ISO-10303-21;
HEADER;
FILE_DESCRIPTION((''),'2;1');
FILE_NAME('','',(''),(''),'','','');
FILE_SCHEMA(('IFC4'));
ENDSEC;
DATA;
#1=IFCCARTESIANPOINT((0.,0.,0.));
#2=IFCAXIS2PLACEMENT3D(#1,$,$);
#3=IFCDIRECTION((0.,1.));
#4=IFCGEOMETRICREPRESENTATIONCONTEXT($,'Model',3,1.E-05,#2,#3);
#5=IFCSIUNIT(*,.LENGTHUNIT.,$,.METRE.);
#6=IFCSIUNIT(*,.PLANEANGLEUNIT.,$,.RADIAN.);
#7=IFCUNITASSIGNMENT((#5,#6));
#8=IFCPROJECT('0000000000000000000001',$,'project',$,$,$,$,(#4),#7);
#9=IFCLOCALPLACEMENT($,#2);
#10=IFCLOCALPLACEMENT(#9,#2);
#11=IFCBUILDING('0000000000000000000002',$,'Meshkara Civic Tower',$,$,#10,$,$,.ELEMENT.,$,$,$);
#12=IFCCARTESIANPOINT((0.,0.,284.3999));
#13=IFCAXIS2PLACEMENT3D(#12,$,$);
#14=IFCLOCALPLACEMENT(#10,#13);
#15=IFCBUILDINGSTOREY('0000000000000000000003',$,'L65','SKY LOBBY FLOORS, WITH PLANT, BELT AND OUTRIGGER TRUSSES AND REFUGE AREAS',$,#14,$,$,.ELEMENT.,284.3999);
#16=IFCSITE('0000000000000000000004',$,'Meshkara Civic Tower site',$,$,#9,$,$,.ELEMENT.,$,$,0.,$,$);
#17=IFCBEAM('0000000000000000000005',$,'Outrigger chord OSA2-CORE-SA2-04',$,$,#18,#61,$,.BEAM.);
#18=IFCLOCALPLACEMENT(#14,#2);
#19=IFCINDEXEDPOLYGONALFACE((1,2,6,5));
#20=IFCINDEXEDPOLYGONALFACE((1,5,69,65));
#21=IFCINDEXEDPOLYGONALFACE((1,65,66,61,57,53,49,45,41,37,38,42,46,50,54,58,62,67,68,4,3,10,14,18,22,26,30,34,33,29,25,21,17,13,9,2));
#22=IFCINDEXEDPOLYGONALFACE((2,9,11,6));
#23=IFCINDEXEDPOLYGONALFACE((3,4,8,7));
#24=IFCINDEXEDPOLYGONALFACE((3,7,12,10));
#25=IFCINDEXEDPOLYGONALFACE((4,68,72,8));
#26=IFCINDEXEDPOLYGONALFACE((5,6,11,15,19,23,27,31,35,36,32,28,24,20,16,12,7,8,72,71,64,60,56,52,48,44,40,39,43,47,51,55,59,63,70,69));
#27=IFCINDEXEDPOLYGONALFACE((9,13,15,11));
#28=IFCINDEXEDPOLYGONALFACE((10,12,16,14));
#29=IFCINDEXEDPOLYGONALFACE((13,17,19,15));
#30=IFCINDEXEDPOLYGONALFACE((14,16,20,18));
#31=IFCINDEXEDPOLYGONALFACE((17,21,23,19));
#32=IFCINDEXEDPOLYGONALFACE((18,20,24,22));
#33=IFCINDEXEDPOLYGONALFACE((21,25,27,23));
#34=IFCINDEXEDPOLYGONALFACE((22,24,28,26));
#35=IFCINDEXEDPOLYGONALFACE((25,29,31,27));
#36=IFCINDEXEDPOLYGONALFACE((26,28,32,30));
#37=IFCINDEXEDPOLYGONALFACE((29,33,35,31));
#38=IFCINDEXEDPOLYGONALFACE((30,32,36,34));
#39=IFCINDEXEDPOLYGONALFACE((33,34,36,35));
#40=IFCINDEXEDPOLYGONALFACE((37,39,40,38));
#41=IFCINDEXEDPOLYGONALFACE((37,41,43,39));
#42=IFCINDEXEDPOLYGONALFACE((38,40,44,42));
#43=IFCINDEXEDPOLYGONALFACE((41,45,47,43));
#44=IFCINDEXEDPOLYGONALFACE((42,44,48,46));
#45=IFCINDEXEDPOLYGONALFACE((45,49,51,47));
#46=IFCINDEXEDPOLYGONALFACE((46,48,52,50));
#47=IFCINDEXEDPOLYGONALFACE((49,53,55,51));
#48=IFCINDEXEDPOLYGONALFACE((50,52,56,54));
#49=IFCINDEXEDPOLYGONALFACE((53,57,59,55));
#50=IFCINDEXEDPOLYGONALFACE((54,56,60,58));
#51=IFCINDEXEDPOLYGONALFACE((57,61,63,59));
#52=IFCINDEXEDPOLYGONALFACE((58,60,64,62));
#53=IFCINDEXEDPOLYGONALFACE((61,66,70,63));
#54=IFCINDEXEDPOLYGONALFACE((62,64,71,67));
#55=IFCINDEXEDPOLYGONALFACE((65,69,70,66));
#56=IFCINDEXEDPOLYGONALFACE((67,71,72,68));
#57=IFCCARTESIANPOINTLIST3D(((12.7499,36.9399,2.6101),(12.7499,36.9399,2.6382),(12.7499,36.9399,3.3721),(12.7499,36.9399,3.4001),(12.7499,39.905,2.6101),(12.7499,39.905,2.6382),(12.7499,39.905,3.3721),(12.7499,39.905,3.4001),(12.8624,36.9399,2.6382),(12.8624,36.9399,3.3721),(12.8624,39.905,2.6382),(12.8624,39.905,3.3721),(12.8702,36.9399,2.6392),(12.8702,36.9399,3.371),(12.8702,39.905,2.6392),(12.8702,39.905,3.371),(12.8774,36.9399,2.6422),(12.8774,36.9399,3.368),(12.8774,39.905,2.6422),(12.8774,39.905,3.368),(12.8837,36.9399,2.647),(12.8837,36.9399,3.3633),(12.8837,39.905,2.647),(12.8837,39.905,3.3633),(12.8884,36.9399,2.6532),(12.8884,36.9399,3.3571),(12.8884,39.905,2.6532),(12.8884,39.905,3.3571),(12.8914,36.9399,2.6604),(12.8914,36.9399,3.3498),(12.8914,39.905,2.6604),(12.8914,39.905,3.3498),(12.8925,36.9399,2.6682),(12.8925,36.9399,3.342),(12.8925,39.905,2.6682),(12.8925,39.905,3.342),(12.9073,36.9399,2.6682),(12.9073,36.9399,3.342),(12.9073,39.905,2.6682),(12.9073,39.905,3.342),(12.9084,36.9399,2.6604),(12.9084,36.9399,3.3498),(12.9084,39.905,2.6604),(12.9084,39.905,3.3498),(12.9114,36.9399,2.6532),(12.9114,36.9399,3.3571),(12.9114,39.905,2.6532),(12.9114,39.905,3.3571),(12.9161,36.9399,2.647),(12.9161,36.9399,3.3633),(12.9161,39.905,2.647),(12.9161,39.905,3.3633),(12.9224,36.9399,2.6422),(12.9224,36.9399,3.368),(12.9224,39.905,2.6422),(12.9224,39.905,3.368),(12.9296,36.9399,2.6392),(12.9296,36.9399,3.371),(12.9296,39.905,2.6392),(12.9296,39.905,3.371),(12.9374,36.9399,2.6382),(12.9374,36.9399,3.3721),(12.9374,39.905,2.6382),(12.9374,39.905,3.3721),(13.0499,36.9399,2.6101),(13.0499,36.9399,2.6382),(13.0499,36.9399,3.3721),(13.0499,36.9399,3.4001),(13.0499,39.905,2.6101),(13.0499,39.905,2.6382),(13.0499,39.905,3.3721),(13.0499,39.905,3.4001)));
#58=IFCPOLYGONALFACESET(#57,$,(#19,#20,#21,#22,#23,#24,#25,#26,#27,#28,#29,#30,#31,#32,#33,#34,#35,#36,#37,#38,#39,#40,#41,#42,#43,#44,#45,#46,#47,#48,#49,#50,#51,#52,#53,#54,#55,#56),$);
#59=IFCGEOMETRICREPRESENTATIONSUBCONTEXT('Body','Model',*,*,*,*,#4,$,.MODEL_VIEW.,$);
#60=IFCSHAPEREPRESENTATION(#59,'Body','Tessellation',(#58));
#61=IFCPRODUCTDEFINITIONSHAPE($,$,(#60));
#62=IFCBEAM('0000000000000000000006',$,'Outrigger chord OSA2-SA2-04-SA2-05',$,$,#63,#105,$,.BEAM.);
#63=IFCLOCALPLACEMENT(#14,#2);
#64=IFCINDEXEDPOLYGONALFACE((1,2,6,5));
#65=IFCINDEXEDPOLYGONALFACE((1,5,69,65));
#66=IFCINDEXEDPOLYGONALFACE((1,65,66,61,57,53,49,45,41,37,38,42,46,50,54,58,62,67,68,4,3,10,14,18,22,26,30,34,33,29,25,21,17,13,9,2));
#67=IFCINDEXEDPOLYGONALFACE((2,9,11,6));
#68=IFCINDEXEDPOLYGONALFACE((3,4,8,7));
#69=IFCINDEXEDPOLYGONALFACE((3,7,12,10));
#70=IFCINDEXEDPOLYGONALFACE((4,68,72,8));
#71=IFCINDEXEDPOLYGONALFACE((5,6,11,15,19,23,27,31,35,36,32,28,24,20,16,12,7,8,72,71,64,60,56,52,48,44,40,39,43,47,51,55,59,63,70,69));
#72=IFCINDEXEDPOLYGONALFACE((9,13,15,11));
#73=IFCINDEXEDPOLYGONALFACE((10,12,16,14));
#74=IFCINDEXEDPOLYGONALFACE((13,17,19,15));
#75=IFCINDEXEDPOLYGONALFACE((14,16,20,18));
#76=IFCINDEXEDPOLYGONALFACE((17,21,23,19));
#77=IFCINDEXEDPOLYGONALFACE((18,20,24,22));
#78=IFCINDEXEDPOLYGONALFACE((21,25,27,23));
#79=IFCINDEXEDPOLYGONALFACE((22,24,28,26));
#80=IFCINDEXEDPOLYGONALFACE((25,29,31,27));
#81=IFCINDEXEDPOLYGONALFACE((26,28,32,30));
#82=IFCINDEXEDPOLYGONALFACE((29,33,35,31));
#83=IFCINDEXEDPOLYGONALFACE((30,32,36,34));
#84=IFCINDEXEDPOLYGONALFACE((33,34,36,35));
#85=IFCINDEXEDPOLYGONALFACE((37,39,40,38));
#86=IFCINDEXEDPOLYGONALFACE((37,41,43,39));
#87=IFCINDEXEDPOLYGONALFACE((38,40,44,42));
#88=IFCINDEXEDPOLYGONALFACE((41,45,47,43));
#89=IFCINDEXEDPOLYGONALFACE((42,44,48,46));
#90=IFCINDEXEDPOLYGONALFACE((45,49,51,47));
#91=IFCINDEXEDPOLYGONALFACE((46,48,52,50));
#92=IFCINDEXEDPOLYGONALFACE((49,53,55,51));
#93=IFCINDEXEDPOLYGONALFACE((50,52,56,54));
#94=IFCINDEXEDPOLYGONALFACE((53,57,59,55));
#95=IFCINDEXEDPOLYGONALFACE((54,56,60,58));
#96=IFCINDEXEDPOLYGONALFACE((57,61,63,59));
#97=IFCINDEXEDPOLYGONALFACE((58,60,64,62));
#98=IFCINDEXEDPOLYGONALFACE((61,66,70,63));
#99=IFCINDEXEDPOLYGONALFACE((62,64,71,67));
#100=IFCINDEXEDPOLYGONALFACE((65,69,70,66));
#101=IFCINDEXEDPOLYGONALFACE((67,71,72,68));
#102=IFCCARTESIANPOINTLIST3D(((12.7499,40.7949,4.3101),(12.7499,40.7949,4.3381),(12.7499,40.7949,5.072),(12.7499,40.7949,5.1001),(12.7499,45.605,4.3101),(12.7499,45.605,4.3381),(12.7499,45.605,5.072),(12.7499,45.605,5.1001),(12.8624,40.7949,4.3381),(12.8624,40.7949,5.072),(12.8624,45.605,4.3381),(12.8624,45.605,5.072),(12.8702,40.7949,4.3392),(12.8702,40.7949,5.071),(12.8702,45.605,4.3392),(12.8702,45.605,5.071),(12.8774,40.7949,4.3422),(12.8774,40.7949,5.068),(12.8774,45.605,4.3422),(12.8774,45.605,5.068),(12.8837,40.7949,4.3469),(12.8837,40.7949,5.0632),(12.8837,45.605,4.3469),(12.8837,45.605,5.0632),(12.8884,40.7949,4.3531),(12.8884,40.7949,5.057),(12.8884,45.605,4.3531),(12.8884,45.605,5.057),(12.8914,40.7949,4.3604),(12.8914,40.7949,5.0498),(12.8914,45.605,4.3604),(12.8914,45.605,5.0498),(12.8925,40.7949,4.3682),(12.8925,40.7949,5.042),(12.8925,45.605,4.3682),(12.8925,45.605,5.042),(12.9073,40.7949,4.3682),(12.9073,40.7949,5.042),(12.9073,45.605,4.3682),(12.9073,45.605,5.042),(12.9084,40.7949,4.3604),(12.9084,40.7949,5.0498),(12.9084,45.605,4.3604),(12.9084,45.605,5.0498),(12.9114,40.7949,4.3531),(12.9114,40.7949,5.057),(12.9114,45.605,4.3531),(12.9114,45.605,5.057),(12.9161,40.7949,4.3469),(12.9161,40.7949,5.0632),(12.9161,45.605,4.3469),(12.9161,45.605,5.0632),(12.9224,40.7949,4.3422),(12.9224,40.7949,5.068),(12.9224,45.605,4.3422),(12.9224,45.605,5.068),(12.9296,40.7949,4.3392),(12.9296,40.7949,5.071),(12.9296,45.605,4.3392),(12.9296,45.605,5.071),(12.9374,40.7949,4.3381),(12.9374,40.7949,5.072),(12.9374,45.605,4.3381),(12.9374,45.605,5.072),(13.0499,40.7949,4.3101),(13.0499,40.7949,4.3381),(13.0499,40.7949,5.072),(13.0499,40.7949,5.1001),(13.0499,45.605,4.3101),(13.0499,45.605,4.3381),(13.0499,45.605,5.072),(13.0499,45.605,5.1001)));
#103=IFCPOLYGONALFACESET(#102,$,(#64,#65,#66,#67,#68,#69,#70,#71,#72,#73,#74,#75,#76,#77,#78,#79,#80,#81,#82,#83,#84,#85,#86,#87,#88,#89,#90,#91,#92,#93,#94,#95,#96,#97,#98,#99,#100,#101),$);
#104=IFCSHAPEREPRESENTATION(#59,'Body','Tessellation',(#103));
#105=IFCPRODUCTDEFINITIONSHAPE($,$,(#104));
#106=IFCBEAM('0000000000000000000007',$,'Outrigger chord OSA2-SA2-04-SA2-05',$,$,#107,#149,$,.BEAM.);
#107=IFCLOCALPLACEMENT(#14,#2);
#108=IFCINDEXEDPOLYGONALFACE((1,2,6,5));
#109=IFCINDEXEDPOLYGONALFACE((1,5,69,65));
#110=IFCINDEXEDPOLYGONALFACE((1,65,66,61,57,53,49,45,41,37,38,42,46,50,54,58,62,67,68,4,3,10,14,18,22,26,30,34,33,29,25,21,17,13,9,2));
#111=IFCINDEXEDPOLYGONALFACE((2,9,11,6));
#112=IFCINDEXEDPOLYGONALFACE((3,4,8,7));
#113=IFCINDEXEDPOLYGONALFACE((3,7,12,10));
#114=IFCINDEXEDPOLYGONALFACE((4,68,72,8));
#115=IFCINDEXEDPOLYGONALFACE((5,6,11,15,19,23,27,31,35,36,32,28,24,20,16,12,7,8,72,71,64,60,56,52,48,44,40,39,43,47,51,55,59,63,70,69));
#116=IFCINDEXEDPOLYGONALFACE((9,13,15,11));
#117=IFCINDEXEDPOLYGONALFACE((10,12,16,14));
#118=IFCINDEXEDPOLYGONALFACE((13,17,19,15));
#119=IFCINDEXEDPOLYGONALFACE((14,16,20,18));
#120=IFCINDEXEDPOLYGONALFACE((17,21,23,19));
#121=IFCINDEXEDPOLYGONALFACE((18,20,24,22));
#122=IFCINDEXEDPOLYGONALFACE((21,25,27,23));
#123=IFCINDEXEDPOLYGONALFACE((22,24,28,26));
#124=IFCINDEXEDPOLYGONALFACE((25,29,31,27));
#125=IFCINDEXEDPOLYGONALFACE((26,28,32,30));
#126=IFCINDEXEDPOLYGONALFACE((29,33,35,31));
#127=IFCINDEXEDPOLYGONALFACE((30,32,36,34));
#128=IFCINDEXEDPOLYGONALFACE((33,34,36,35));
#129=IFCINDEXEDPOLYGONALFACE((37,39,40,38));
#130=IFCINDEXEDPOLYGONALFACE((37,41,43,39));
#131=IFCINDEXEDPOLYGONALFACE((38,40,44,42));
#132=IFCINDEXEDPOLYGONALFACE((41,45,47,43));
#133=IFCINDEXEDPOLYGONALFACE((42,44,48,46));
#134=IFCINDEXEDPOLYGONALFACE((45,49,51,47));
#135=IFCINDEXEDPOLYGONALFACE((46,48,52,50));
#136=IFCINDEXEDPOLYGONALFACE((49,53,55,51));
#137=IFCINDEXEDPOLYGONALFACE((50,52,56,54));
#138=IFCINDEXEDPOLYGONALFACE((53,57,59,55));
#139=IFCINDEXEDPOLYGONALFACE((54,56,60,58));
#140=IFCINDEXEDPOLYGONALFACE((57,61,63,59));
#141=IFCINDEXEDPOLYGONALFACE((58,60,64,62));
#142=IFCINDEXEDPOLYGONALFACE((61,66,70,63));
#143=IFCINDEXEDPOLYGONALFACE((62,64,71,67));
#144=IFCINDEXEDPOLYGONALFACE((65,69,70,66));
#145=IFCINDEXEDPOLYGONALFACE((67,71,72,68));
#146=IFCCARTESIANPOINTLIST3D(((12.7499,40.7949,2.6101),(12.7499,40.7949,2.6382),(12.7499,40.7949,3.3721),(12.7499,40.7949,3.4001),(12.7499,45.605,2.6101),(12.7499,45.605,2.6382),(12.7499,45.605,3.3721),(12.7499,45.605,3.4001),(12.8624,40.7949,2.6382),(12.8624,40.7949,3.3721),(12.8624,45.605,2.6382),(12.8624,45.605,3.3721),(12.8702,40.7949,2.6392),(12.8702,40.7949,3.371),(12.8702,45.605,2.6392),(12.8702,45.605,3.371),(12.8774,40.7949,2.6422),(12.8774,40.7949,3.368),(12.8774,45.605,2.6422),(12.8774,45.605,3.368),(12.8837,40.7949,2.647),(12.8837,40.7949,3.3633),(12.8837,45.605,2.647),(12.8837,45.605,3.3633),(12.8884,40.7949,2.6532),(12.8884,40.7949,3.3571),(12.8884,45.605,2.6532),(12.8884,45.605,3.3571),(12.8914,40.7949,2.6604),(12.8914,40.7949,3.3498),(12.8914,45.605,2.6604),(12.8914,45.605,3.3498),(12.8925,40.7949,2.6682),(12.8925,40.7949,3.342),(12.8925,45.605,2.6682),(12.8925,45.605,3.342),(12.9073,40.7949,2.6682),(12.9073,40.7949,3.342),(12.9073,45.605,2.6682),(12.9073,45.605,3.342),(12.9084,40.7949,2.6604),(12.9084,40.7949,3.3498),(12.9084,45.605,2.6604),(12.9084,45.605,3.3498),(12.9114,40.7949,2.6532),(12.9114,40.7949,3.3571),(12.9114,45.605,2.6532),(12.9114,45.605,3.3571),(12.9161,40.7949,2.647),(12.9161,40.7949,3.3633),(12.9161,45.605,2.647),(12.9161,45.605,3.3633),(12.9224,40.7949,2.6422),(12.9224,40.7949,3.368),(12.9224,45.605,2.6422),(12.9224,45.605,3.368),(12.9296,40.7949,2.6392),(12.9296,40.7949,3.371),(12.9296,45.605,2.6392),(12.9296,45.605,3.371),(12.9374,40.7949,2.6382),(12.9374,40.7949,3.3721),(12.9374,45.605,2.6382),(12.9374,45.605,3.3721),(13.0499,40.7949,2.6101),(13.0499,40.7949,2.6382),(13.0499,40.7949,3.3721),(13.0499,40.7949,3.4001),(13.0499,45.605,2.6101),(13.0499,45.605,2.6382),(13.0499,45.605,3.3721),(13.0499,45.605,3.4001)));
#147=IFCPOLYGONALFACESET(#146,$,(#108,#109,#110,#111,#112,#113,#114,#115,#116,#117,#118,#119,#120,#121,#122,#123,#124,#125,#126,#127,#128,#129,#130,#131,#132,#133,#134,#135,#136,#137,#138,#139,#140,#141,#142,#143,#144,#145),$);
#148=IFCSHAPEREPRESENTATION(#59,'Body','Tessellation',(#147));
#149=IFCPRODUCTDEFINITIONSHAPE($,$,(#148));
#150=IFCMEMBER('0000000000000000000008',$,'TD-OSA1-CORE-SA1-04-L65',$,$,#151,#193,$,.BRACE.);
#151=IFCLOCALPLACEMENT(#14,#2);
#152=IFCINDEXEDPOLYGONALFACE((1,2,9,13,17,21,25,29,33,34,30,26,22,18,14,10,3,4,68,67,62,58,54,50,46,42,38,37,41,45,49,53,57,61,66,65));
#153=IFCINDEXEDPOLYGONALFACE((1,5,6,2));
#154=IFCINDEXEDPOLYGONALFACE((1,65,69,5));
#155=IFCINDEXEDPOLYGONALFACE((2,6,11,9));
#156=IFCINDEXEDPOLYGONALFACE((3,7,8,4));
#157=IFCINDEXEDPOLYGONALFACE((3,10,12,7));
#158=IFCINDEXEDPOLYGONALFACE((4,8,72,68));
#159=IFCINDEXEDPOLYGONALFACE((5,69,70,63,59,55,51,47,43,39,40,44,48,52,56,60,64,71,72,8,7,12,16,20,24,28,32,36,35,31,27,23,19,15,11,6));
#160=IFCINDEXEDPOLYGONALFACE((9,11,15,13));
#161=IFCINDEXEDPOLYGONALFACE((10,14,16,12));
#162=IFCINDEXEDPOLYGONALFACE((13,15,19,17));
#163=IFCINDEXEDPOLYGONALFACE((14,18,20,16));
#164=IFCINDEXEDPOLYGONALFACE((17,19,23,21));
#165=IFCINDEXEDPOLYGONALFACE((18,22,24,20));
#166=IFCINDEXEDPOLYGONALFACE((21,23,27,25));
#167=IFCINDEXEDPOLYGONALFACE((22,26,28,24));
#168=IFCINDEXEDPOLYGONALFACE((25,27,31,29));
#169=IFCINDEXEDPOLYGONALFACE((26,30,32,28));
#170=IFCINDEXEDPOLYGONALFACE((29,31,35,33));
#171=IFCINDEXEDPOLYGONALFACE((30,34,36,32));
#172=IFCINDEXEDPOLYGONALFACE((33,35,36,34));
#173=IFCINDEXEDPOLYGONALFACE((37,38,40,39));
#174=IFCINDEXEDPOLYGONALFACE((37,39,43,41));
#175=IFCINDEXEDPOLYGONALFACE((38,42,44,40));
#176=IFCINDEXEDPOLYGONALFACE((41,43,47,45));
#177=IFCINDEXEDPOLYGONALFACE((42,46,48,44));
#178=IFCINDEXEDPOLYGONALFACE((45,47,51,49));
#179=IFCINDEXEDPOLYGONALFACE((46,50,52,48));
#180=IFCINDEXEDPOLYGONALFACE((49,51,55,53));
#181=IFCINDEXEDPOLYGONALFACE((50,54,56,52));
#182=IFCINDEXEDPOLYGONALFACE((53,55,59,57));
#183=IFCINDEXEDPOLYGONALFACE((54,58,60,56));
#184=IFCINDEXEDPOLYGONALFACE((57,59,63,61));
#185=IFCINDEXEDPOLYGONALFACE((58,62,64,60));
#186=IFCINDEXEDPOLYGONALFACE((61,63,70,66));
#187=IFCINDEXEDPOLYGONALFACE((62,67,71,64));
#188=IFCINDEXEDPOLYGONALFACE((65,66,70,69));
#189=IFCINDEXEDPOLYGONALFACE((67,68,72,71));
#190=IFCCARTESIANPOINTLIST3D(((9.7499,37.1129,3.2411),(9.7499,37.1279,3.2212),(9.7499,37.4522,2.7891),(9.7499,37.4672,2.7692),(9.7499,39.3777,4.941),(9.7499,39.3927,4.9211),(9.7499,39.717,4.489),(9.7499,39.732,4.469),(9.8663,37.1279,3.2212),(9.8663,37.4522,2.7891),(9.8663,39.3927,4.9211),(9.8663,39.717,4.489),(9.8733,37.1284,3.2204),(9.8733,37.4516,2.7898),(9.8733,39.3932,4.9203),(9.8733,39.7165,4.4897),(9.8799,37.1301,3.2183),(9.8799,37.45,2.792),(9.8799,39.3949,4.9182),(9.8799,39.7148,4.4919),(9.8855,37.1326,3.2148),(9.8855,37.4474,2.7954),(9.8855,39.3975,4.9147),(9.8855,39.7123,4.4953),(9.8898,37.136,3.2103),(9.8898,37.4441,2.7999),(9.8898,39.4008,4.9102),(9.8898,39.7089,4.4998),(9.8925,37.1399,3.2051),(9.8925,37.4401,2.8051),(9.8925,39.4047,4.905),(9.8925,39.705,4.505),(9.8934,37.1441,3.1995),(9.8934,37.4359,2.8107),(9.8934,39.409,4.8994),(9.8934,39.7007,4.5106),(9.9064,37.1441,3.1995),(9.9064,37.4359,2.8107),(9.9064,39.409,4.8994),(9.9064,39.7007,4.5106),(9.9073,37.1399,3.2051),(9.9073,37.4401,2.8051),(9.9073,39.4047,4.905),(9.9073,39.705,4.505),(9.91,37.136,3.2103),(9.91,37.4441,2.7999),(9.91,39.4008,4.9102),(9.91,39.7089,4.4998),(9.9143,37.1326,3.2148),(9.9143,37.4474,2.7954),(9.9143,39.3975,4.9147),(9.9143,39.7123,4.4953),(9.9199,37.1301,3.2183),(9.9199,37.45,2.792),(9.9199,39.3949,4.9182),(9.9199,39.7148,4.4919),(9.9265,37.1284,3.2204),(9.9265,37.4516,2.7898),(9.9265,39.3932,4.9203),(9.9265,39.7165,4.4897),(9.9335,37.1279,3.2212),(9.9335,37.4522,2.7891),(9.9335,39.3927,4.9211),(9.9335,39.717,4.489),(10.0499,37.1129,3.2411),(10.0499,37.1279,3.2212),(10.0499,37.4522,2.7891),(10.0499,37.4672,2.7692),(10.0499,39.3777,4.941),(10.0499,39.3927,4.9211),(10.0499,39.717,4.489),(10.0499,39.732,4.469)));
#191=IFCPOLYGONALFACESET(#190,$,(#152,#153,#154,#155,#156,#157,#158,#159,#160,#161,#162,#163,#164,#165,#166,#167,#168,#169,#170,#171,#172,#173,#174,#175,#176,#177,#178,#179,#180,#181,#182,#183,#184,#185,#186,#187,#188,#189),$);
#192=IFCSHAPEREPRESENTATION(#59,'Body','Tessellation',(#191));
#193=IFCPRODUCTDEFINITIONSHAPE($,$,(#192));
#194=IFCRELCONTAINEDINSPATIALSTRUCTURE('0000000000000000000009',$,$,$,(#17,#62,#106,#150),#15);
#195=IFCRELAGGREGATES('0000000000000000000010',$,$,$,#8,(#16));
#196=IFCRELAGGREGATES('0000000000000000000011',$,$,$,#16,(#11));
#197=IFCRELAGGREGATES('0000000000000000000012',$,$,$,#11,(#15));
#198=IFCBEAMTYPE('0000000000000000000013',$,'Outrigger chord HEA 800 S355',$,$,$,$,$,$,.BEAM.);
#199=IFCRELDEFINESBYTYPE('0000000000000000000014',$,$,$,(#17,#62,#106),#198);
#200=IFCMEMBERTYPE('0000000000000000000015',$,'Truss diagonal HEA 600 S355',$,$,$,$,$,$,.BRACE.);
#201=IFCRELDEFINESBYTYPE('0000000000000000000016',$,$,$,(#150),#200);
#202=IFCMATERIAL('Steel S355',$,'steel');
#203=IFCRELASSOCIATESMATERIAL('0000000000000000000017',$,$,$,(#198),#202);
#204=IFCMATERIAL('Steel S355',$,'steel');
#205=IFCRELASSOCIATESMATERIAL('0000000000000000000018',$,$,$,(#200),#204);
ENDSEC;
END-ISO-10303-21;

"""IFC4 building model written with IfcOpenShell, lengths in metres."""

from ifc_helpers import new_model, si_unit, direction, frame, origin, origin_2d, place, context, subcontext, project, spatial, i_section, extrude, material, material_profile, profile_set, type_object, element, save


model = new_model("IFC4")

# Units and contexts
model_context = context("Model", 3, precision=1e-05, world=origin(), true_north=direction((0.0, 1.0)))
body_context = subcontext(model_context, "Body", "Model", "MODEL_VIEW")
ifc_project = project(units=[si_unit("LENGTHUNIT", "METRE"), si_unit("PLANEANGLEUNIT", "RADIAN")], contexts=[model_context])

# Site, building, storey
site_placement = place(None, origin())
site = spatial("IfcSite", under=ifc_project, at=site_placement, Name="Meshkara Civic Tower site", CompositionType="ELEMENT", RefElevation=0.0)
building_placement = place(site_placement, origin())
building = spatial("IfcBuilding", under=site, at=building_placement, Name="Meshkara Civic Tower", CompositionType="ELEMENT")
storey_placement = place(building_placement, frame((0.0, 0.0, 284.3999)))
storey = spatial("IfcBuildingStorey", under=building, at=storey_placement, Name="L65", Description="SKY LOBBY FLOORS, WITH PLANT, BELT AND OUTRIGGER TRUSSES AND REFUGE AREAS", CompositionType="ELEMENT", Elevation=284.3999)

# Beams
ifc_material_1 = material(Name="Steel S355", Category="steel")
ifc_material_profile_1 = material_profile(ifc_material_1, i_section(OverallWidth=0.3, OverallDepth=0.79, WebThickness=0.0149, FlangeThickness=0.0281, FilletRadius=0.03, at=origin_2d()))
ifc_profile_set_1 = profile_set([ifc_material_profile_1], Name="Steel S355")
beam_type_1 = type_object("IfcBeamType", Name="Outrigger chord HEA 800 S355", PredefinedType="BEAM", material=ifc_profile_set_1)
for number, where, z_axis, x_axis, name in (
    (1, (12.8999, 36.9399, 3.0051), (0.0, 1.0, 0.0), (-1.0, 0.0, 0.0), "Outrigger chord OSA2-CORE-SA2-04"),
):
    element("IfcBeam", number, at=place(storey_placement, frame(where, z_axis=z_axis, x_axis=x_axis)), inside=storey, type_object=beam_type_1, Name=name, PredefinedType="BEAM", context=body_context, shape_type="SweptSolid", body=[
        extrude(i_section(OverallWidth=0.3, OverallDepth=0.79, WebThickness=0.0149, FlangeThickness=0.0281, FilletRadius=0.03, at=origin_2d()), origin(), (0.0, 0.0, 1.0), 2.9651),
    ])
for number, where, z_axis, x_axis, name in (
    (2, (12.8999, 40.7949, 4.7051), (0.0, 1.0, 0.0), (-1.0, 0.0, 0.0), "Outrigger chord OSA2-SA2-04-SA2-05"),
    (3, (12.8999, 40.7949, 3.0051), (0.0, 1.0, 0.0), (-1.0, 0.0, 0.0), "Outrigger chord OSA2-SA2-04-SA2-05"),
):
    element("IfcBeam", number, at=place(storey_placement, frame(where, z_axis=z_axis, x_axis=x_axis)), inside=storey, type_object=beam_type_1, Name=name, PredefinedType="BEAM", context=body_context, shape_type="SweptSolid", body=[
        extrude(i_section(OverallWidth=0.3, OverallDepth=0.79, WebThickness=0.0149, FlangeThickness=0.0281, FilletRadius=0.03, at=origin_2d()), origin(), (0.0, 0.0, 1.0), 4.8101),
    ])

# Member
ifc_material_2 = material(Name="Steel S355", Category="steel")
ifc_material_profile_2 = material_profile(ifc_material_2, i_section(OverallWidth=0.3, OverallDepth=0.5901, WebThickness=0.0129, FlangeThickness=0.0249, FilletRadius=0.0271, at=origin_2d()))
ifc_profile_set_2 = profile_set([ifc_material_profile_2], Name="Steel S355")
member_type_1 = type_object("IfcMemberType", Name="Truss diagonal HEA 600 S355", PredefinedType="BRACE", material=ifc_profile_set_2)
member_1_placement = place(storey_placement, frame((9.8999, 37.29, 3.0051), z_axis=(0.0, 0.799783, 0.60029), x_axis=(-1.0, 0.0, 0.0)))
element("IfcMember", 4, at=member_1_placement, inside=storey, type_object=member_type_1, Name="TD-OSA1-CORE-SA1-04-L65", PredefinedType="BRACE", context=body_context, shape_type="SweptSolid", body=[
    extrude(i_section(OverallWidth=0.3, OverallDepth=0.5901, WebThickness=0.0129, FlangeThickness=0.0249, FilletRadius=0.0271, at=origin_2d()), origin(), (0.0, 0.0, 1.0), 2.8318),
])

save(model, "model.ifc")
